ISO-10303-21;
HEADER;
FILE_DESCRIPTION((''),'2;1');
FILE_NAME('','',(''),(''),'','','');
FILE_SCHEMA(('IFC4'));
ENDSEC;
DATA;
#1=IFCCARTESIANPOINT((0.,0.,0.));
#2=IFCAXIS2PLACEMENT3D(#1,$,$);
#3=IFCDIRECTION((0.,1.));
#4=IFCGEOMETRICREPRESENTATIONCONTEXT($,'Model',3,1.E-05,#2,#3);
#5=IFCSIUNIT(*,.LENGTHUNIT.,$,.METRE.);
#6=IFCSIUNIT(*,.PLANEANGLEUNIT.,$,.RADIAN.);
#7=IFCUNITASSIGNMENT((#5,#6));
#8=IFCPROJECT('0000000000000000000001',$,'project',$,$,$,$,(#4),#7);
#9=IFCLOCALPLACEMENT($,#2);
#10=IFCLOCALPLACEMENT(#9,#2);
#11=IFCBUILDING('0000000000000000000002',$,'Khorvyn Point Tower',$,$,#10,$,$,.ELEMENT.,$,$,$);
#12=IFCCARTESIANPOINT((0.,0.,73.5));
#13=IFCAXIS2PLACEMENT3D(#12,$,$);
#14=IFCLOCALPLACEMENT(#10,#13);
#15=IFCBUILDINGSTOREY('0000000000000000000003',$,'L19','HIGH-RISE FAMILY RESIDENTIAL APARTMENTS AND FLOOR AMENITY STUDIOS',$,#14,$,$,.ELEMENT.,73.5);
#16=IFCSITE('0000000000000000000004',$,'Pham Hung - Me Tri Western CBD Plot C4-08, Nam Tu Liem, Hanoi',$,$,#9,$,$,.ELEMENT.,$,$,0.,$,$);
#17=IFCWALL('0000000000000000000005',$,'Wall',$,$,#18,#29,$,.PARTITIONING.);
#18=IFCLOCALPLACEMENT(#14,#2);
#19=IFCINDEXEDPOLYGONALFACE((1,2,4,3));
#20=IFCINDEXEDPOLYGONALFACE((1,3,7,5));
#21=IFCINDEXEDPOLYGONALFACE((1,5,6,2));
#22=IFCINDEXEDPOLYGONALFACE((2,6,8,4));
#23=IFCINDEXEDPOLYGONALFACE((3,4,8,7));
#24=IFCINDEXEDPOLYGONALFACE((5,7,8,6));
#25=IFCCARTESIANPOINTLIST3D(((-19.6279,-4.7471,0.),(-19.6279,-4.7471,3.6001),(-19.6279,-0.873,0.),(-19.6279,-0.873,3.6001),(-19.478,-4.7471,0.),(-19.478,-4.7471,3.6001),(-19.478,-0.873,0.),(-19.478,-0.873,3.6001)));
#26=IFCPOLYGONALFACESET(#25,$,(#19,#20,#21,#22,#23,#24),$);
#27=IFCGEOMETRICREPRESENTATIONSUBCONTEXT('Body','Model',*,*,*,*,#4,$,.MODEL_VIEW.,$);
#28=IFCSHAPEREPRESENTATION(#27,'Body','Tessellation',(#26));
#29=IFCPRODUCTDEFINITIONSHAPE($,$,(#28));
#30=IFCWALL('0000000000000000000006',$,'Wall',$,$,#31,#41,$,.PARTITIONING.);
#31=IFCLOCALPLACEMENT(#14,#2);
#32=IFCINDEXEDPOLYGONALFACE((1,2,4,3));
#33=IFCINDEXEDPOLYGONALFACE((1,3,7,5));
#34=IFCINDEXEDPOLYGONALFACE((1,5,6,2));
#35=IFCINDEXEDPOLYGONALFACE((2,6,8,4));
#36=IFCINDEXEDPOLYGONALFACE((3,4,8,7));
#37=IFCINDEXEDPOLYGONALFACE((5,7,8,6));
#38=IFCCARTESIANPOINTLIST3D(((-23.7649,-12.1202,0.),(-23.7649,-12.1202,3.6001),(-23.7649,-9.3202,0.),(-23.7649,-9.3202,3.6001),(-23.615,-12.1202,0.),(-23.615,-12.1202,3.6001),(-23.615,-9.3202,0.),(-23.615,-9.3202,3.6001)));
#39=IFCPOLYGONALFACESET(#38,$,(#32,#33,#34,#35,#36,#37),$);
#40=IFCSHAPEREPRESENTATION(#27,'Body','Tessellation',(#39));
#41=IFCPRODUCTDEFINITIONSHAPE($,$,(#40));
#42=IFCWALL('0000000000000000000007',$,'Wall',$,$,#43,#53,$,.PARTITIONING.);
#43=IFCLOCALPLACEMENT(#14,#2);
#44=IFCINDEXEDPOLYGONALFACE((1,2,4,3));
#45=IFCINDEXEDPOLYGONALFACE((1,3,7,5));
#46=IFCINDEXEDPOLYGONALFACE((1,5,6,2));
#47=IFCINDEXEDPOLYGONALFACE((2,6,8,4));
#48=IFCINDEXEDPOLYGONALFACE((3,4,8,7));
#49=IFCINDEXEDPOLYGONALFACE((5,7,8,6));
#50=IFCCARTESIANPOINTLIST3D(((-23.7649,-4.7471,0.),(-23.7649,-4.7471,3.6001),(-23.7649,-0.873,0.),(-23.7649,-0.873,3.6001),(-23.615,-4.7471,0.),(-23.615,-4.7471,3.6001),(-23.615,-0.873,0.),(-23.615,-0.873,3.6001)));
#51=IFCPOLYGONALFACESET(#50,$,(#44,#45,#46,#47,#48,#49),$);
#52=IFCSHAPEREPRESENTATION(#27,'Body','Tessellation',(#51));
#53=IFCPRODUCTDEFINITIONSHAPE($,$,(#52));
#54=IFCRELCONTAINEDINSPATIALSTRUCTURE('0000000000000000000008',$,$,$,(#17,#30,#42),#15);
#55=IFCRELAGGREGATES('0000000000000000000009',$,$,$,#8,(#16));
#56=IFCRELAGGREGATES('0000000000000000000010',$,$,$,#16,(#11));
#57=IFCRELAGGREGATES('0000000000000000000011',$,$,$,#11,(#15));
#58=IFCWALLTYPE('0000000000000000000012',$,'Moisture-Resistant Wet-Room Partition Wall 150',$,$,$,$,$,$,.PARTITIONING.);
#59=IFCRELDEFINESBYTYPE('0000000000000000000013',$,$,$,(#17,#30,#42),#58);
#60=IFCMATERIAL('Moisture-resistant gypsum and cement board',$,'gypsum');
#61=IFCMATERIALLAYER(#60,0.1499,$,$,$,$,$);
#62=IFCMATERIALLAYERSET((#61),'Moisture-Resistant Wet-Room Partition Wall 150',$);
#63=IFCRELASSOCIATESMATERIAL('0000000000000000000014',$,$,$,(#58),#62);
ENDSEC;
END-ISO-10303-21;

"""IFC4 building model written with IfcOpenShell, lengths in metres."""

from ifc_helpers import new_model, si_unit, direction, frame, frame_2d, origin, place, context, subcontext, project, spatial, rectangle, extrude, material, layer, layer_set, type_object, element, save


model = new_model("IFC4")

# Units and contexts
model_context = context("Model", 3, precision=1e-05, world=origin(), true_north=direction((0.0, 1.0)))
body_context = subcontext(model_context, "Body", "Model", "MODEL_VIEW")
ifc_project = project(units=[si_unit("LENGTHUNIT", "METRE"), si_unit("PLANEANGLEUNIT", "RADIAN")], contexts=[model_context])

# Site, building, storey
site_placement = place(None, origin())
site = spatial("IfcSite", under=ifc_project, at=site_placement, Name="Pham Hung - Me Tri Western CBD Plot C4-08, Nam Tu Liem, Hanoi", CompositionType="ELEMENT", RefElevation=0.0)
building_placement = place(site_placement, origin())
building = spatial("IfcBuilding", under=site, at=building_placement, Name="Khorvyn Point Tower", CompositionType="ELEMENT")
storey_placement = place(building_placement, frame((0.0, 0.0, 73.5)))
storey = spatial("IfcBuildingStorey", under=building, at=storey_placement, Name="L19", Description="HIGH-RISE FAMILY RESIDENTIAL APARTMENTS AND FLOOR AMENITY STUDIOS", CompositionType="ELEMENT", Elevation=73.5)

# Shared definitions
ifc_material_1 = material(Name="Moisture-resistant gypsum and cement board", Category="gypsum")
ifc_layer_1 = layer(ifc_material_1, 0.1499)
ifc_layer_set_1 = layer_set([ifc_layer_1], Name="Moisture-Resistant Wet-Room Partition Wall 150")
wall_type_1 = type_object("IfcWallType", Name="Moisture-Resistant Wet-Room Partition Wall 150", PredefinedType="PARTITIONING", material=ifc_layer_set_1)

# Walls
wall_1_placement = place(storey_placement, frame((-19.553, -4.7471, 0.0), z_axis=(0.0, 0.0, 1.0), x_axis=(0.0, 1.0, 0.0)))
element("IfcWall", 1, at=wall_1_placement, inside=storey, type_object=wall_type_1, Name="Wall", PredefinedType="PARTITIONING", context=body_context, shape_type="SweptSolid", body=[
    extrude(rectangle(XDim=3.874, YDim=0.1499, at=frame_2d((1.937, 0.0))), origin(), (0.0, 0.0, 1.0), 3.6001),
])
wall_2_placement = place(storey_placement, frame((-23.6899, -12.1201, 0.0), z_axis=(0.0, 0.0, 1.0), x_axis=(0.0, 1.0, 0.0)))
element("IfcWall", 2, at=wall_2_placement, inside=storey, type_object=wall_type_1, Name="Wall", PredefinedType="PARTITIONING", context=body_context, shape_type="SweptSolid", body=[
    extrude(rectangle(XDim=2.8, YDim=0.1499, at=frame_2d((1.3999, 0.0))), origin(), (0.0, 0.0, 1.0), 3.6001),
])
wall_3_placement = place(storey_placement, frame((-23.6899, -4.7471, 0.0), z_axis=(0.0, 0.0, 1.0), x_axis=(0.0, 1.0, 0.0)))
element("IfcWall", 3, at=wall_3_placement, inside=storey, type_object=wall_type_1, Name="Wall", PredefinedType="PARTITIONING", context=body_context, shape_type="SweptSolid", body=[
    extrude(rectangle(XDim=3.874, YDim=0.1499, at=frame_2d((1.937, 0.0))), origin(), (0.0, 0.0, 1.0), 3.6001),
])

save(model, "model.ifc")
